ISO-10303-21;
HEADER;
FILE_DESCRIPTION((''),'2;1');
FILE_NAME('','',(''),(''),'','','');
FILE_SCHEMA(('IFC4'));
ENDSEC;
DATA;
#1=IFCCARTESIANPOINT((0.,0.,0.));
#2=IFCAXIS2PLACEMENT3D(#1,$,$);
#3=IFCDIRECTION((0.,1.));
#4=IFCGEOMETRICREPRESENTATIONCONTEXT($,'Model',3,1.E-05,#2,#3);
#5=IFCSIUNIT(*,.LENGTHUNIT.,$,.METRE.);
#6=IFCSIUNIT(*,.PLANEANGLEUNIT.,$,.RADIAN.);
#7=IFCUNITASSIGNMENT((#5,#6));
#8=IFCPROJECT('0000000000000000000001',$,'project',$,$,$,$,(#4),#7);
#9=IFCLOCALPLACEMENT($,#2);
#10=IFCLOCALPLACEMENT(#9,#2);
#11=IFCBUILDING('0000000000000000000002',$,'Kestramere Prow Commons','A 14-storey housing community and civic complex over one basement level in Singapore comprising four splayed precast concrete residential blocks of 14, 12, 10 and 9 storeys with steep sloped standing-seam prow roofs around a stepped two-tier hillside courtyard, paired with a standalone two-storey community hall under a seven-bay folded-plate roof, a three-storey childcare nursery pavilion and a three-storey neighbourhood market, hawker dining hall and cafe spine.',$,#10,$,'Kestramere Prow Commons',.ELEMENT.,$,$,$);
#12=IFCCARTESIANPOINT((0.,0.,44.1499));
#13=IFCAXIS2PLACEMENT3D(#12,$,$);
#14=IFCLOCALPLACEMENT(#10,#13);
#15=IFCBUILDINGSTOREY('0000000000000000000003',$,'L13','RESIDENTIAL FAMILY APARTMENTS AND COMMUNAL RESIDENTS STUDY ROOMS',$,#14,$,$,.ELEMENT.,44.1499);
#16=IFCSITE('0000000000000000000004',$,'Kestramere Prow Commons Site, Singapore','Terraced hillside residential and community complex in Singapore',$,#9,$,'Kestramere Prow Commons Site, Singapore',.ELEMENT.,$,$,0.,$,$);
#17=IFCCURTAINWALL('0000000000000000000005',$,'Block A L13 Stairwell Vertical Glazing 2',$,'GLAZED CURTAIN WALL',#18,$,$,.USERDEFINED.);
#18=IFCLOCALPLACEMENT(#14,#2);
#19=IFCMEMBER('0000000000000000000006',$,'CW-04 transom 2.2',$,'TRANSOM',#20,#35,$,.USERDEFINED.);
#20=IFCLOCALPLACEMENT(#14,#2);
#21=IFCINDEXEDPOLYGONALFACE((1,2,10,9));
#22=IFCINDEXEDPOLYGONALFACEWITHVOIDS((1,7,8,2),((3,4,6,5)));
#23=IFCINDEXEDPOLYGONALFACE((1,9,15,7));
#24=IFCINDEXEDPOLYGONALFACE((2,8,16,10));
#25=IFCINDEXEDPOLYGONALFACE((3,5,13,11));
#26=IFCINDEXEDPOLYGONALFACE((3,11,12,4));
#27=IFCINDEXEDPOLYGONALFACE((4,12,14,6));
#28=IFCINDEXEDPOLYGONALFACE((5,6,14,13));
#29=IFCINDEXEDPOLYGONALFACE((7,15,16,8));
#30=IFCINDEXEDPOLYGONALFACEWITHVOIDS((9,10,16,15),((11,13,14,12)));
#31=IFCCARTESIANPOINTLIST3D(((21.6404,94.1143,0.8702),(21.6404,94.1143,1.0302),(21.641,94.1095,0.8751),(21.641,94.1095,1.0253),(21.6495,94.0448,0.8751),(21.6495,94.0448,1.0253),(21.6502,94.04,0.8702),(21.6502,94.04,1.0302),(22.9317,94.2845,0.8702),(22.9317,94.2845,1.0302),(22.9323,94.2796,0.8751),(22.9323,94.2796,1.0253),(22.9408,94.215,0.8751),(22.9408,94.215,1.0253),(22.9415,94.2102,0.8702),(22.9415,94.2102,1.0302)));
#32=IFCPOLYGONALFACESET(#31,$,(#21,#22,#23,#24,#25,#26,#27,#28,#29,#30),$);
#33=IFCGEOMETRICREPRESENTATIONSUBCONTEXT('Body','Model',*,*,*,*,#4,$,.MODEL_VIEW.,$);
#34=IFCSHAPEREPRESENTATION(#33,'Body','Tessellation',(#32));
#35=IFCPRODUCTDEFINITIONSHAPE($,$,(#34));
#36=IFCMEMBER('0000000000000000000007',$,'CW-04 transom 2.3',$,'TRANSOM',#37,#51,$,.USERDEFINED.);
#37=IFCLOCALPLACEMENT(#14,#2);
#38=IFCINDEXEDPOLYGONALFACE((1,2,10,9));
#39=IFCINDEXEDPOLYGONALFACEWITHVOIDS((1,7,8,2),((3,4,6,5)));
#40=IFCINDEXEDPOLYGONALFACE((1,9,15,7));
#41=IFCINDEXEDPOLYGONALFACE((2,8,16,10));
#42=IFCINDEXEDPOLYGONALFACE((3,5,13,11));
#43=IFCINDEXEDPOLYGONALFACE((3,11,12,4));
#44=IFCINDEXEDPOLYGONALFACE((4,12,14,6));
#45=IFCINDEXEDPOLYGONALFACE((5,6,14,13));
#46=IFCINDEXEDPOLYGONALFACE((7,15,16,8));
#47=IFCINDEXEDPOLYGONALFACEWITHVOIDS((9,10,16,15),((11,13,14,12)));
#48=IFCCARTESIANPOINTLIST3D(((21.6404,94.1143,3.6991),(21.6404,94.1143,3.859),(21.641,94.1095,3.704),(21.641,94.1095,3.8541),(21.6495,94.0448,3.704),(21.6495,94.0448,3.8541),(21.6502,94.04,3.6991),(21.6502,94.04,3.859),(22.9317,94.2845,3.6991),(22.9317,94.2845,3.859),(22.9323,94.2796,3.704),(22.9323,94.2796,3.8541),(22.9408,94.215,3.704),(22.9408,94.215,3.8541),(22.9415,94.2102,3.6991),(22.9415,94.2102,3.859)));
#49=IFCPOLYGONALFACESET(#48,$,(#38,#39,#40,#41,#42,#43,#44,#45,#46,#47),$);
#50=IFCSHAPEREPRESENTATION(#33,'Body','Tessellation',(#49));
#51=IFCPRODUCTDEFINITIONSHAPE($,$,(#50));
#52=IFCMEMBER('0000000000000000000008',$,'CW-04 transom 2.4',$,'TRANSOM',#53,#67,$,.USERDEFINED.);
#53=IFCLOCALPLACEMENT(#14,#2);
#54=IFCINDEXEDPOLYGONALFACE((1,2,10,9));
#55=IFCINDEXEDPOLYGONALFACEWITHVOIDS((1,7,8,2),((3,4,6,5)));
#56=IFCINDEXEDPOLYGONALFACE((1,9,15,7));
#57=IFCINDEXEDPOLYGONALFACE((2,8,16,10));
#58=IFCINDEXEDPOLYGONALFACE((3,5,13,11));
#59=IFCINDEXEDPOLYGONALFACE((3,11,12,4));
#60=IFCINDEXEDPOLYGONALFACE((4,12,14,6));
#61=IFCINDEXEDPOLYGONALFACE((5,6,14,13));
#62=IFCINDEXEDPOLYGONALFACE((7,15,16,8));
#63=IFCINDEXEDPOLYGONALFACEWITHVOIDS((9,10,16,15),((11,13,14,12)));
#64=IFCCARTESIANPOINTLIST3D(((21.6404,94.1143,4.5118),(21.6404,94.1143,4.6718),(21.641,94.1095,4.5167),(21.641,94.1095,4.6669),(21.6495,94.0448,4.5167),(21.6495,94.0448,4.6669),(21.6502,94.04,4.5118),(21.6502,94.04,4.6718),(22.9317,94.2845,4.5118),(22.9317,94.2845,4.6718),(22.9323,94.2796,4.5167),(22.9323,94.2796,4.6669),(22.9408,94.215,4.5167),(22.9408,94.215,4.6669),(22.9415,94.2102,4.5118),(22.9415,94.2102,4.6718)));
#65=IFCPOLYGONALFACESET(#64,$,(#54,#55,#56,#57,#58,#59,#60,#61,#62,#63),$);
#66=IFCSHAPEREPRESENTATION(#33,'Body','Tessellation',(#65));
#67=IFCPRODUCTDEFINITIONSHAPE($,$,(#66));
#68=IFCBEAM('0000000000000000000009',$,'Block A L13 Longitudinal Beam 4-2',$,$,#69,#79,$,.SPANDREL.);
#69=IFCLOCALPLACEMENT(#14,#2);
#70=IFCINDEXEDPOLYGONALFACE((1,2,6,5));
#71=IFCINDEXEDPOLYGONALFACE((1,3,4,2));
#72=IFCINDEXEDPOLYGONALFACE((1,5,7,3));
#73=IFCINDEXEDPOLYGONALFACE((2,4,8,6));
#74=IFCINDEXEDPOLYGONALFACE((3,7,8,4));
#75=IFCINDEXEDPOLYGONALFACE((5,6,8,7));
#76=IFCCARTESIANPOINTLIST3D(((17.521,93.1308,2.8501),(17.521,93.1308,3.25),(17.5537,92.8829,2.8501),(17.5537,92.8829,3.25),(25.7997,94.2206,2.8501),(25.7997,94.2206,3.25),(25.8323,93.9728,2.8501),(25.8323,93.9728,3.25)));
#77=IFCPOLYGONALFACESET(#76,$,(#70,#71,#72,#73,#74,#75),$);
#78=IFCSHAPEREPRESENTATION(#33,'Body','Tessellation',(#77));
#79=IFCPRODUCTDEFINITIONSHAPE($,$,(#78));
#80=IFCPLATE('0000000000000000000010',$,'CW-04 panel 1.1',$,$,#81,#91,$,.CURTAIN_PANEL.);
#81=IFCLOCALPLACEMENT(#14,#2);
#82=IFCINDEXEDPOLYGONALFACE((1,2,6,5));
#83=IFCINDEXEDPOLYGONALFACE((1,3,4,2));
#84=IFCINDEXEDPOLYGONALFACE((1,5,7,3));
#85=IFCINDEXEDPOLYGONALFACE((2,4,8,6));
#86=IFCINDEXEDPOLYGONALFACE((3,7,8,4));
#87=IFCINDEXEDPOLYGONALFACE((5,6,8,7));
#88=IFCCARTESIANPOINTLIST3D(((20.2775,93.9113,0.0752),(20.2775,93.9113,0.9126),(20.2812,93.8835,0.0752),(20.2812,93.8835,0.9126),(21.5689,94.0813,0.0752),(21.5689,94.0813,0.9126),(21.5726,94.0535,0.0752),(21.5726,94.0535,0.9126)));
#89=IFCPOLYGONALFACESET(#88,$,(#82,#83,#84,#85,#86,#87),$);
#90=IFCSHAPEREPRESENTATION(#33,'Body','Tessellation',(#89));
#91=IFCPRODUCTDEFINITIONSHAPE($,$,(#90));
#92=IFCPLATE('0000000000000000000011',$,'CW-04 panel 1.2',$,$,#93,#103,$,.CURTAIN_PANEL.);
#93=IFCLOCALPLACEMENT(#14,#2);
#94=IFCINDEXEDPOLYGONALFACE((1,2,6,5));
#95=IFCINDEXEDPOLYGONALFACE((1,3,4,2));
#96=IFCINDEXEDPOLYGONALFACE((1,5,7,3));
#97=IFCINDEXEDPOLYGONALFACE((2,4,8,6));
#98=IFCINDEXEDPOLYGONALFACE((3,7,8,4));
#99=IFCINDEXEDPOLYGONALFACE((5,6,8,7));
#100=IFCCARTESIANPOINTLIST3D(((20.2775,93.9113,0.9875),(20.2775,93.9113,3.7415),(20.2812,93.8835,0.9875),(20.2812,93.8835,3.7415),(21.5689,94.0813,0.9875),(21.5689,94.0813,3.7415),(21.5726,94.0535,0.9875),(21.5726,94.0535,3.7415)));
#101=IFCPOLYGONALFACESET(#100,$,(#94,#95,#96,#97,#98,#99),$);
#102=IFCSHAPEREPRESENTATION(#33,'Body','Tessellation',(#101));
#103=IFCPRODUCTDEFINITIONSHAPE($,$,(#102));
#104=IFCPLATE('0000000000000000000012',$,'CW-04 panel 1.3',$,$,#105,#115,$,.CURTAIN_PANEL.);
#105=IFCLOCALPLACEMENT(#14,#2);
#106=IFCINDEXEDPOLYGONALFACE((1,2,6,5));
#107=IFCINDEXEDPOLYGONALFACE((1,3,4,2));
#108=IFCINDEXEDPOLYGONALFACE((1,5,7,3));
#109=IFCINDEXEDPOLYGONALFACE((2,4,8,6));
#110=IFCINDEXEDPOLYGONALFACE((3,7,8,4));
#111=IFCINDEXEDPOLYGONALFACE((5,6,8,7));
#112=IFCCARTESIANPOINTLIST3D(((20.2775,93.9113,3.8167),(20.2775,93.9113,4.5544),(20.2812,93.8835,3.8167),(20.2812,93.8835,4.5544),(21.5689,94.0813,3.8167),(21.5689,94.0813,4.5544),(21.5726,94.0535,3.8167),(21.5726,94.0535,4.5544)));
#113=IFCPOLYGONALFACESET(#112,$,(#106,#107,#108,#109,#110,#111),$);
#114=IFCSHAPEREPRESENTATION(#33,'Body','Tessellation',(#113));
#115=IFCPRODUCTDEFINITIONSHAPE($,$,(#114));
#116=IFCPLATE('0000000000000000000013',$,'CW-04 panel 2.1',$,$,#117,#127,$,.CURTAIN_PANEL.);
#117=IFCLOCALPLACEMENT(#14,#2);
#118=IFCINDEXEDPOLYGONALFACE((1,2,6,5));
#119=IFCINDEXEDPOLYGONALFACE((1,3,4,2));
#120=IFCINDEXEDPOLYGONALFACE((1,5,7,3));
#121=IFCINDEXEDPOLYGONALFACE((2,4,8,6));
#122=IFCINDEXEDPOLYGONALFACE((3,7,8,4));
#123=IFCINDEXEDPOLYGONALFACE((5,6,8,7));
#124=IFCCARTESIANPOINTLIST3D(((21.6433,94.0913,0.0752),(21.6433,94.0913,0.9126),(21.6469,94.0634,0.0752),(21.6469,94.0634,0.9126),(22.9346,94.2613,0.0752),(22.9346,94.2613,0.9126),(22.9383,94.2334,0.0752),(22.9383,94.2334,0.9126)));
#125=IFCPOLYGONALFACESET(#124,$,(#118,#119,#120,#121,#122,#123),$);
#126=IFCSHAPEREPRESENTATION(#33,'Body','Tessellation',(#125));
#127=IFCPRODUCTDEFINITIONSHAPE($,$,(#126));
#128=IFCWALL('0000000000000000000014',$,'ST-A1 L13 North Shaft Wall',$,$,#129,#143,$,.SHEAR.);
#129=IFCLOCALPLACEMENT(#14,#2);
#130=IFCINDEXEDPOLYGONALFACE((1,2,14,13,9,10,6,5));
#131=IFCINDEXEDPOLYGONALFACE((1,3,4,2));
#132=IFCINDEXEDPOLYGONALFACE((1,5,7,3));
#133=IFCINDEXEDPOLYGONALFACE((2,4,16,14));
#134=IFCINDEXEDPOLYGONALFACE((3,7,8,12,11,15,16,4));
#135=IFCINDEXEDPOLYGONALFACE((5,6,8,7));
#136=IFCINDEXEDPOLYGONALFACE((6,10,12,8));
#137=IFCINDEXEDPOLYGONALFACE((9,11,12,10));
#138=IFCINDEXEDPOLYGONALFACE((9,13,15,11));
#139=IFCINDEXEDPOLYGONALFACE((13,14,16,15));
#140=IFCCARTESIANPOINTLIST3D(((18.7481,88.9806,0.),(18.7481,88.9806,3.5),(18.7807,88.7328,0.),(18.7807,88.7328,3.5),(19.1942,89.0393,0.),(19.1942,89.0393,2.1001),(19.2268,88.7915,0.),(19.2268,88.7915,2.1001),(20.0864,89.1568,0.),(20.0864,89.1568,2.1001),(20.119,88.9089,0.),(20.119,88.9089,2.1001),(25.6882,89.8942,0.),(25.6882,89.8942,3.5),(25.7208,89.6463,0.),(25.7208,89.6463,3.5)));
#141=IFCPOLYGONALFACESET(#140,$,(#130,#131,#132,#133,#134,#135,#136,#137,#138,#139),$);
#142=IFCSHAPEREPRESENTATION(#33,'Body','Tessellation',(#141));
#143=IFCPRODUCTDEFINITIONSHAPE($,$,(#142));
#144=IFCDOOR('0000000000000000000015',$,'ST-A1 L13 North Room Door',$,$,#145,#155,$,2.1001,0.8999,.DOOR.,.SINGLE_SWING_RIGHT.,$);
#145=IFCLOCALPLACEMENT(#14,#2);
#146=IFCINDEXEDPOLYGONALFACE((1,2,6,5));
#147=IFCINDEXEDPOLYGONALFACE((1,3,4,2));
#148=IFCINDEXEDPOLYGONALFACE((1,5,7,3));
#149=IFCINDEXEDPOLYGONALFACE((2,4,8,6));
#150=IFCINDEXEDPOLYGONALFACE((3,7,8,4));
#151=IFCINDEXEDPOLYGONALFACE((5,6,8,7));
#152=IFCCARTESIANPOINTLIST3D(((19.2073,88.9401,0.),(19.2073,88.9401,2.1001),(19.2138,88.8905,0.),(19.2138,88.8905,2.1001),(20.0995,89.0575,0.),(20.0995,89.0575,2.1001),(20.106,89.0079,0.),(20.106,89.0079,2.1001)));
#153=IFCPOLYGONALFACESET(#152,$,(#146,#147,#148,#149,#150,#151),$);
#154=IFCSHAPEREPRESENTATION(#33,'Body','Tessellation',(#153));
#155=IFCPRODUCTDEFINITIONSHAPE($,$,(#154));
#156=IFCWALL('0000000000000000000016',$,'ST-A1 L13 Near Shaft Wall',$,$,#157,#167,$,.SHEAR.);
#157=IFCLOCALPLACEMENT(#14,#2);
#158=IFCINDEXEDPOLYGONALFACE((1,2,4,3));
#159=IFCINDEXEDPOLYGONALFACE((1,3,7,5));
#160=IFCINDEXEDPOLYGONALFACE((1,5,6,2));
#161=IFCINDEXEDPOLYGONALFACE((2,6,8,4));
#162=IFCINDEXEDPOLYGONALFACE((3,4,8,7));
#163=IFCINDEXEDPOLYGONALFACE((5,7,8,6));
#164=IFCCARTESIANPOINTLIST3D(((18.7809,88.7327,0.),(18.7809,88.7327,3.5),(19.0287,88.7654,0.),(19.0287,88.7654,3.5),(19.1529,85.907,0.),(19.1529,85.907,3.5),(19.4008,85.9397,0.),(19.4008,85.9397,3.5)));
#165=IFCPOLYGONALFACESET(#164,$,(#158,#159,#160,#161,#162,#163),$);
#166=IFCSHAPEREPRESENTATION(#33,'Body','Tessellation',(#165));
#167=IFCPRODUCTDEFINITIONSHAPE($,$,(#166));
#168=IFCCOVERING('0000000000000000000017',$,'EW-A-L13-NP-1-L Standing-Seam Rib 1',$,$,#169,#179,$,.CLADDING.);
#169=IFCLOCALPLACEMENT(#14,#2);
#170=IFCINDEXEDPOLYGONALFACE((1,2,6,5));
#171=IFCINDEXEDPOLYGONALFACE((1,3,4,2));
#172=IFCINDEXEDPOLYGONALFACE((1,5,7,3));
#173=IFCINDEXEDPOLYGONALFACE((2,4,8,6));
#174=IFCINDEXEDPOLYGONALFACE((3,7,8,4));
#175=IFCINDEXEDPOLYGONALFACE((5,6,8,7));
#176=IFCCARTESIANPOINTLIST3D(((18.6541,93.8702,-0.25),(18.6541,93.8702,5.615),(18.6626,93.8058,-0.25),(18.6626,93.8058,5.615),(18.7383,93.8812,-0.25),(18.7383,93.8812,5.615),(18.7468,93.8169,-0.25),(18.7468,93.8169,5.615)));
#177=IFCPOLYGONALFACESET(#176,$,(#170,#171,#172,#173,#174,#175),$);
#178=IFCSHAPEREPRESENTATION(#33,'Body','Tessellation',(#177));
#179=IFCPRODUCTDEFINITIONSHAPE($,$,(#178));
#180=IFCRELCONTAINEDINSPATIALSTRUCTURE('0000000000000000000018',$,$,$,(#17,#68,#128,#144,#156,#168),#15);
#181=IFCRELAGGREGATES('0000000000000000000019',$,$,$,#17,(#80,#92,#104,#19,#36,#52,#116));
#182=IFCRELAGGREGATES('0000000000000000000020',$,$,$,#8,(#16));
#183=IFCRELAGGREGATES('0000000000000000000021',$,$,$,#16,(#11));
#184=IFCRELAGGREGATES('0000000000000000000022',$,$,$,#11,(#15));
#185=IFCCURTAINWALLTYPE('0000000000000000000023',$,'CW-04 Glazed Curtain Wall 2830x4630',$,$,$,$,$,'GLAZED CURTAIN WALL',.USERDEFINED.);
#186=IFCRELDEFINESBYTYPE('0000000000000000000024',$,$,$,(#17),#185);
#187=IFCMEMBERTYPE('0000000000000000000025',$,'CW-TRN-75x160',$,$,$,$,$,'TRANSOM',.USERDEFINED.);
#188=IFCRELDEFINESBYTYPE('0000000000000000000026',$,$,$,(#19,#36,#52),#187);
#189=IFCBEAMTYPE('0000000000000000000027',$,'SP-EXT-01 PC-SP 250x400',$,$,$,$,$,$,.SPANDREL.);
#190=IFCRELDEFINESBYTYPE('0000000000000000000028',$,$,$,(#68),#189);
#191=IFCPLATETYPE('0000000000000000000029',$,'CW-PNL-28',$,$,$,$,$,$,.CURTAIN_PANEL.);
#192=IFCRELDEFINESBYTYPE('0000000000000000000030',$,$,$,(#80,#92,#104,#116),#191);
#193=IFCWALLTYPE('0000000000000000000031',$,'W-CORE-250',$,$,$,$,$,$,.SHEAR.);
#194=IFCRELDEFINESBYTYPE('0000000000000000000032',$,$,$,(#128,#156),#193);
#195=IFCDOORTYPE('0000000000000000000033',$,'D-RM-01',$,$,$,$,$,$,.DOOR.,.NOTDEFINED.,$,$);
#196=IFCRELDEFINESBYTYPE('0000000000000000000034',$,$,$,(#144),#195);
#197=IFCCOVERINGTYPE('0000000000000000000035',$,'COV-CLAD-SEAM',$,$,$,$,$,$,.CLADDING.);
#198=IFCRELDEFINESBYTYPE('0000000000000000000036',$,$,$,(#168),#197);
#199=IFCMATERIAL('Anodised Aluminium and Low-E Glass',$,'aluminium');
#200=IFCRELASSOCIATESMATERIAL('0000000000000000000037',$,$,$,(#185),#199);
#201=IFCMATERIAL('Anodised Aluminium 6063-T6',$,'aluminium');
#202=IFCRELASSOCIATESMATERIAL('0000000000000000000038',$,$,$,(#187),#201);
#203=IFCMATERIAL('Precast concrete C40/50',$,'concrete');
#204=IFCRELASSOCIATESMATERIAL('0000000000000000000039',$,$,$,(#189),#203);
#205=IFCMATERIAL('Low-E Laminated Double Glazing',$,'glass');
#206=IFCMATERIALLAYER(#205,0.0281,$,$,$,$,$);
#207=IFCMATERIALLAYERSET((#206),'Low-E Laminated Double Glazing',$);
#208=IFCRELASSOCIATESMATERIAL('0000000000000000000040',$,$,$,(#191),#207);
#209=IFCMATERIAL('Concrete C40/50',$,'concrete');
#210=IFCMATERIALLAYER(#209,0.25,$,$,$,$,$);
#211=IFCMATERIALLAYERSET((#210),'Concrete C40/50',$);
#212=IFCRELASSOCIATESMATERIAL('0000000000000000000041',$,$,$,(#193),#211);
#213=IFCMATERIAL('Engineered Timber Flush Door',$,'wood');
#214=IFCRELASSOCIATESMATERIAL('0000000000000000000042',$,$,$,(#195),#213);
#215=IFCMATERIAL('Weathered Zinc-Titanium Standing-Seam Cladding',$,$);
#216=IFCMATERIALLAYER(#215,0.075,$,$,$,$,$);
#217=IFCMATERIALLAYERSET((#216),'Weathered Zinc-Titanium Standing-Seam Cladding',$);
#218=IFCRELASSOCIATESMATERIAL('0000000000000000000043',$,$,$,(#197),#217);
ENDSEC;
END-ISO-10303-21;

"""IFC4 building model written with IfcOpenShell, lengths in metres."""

from ifc_helpers import new_model, si_unit, direction, frame, frame_2d, origin, origin_2d, place, context, subcontext, project, spatial, rectangle, hollow_rectangle, extrude, material, layer, layer_set, material_profile, profile_set, type_object, element, fill, aggregate, save


model = new_model("IFC4")

# Units and contexts
model_context = context("Model", 3, precision=1e-05, world=origin(), true_north=direction((0.0, 1.0)))
body_context = subcontext(model_context, "Body", "Model", "MODEL_VIEW")
ifc_project = project(units=[si_unit("LENGTHUNIT", "METRE"), si_unit("PLANEANGLEUNIT", "RADIAN")], contexts=[model_context])

# Site, building, storey
site_placement = place(None, origin())
site = spatial("IfcSite", under=ifc_project, at=site_placement, Name="Kestramere Prow Commons Site, Singapore", Description="Terraced hillside residential and community complex in Singapore", LongName="Kestramere Prow Commons Site, Singapore", CompositionType="ELEMENT", RefElevation=0.0)
building_placement = place(site_placement, origin())
building = spatial("IfcBuilding", under=site, at=building_placement, Name="Kestramere Prow Commons", Description="A 14-storey housing community and civic complex over one basement level in Singapore comprising four splayed precast concrete residential blocks of 14, 12, 10 and 9 storeys with steep sloped standing-seam prow roofs around a stepped two-tier hillside courtyard, paired with a standalone two-storey community hall under a seven-bay folded-plate roof, a three-storey childcare nursery pavilion and a three-storey neighbourhood market, hawker dining hall and cafe spine.", LongName="Kestramere Prow Commons", CompositionType="ELEMENT")
storey_placement = place(building_placement, frame((0.0, 0.0, 44.1499)))
storey = spatial("IfcBuildingStorey", under=building, at=storey_placement, Name="L13", Description="RESIDENTIAL FAMILY APARTMENTS AND COMMUNAL RESIDENTS STUDY ROOMS", CompositionType="ELEMENT", Elevation=44.1499)

# Shared definitions
ifc_material_1 = material(Name="Precast concrete C40/50", Category="concrete")

# Curtain wall, members
ifc_material_2 = material(Name="Anodised Aluminium and Low-E Glass", Category="aluminium")
curtain_wall_type = type_object("IfcCurtainWallType", Name="CW-04 Glazed Curtain Wall 2830x4630", ElementType="GLAZED CURTAIN WALL", PredefinedType="USERDEFINED", material=ifc_material_2)
curtain_wall_placement = place(storey_placement, origin())
curtain_wall = element("IfcCurtainWall", 1, at=curtain_wall_placement, inside=storey, type_object=curtain_wall_type, Name="Block A L13 Stairwell Vertical Glazing 2", ObjectType="GLAZED CURTAIN WALL", PredefinedType="USERDEFINED")
ifc_material_3 = material(Name="Anodised Aluminium 6063-T6", Category="aluminium")
ifc_material_profile_1 = material_profile(ifc_material_3, hollow_rectangle(XDim=0.075, YDim=0.1599, WallThickness=0.0049, at=origin_2d()), Name="ALU-TRN 75x160")
ifc_profile_set_1 = profile_set([ifc_material_profile_1], Name="Anodised Aluminium 6063-T6")
member_type_1 = type_object("IfcMemberType", Name="CW-TRN-75x160", ElementType="TRANSOM", PredefinedType="USERDEFINED", material=ifc_profile_set_1)
member_1_placement = place(storey_placement, frame((21.6453, 94.0771, 0.9502), z_axis=(0.991428, 0.130653, 0.0), x_axis=(-0.130653, 0.991428, 0.0)))
member_1 = element("IfcMember", 2, at=member_1_placement, type_object=member_type_1, Name="CW-04 transom 2.2", ObjectType="TRANSOM", PredefinedType="USERDEFINED", context=body_context, shape_type="SweptSolid", body=[
    extrude(hollow_rectangle(XDim=0.075, YDim=0.1599, WallThickness=0.0049, at=origin_2d()), origin(), (0.0, 0.0, 1.0), 1.3025),
])
member_2_placement = place(storey_placement, frame((21.6453, 94.0771, 3.7791), z_axis=(0.991428, 0.130653, 0.0), x_axis=(-0.130653, 0.991428, 0.0)))
member_2 = element("IfcMember", 3, at=member_2_placement, type_object=member_type_1, Name="CW-04 transom 2.3", ObjectType="TRANSOM", PredefinedType="USERDEFINED", context=body_context, shape_type="SweptSolid", body=[
    extrude(hollow_rectangle(XDim=0.075, YDim=0.1599, WallThickness=0.0049, at=origin_2d()), origin(), (0.0, 0.0, 1.0), 1.3025),
])
member_3_placement = place(storey_placement, frame((21.6453, 94.0771, 4.5918), z_axis=(0.991428, 0.130653, 0.0), x_axis=(-0.130653, 0.991428, 0.0)))
member_3 = element("IfcMember", 4, at=member_3_placement, type_object=member_type_1, Name="CW-04 transom 2.4", ObjectType="TRANSOM", PredefinedType="USERDEFINED", context=body_context, shape_type="SweptSolid", body=[
    extrude(hollow_rectangle(XDim=0.075, YDim=0.1599, WallThickness=0.0049, at=origin_2d()), origin(), (0.0, 0.0, 1.0), 1.3025),
])

# Beam
ifc_material_profile_2 = material_profile(ifc_material_1, rectangle(XDim=0.25, YDim=0.3999, at=origin_2d()), Name="PC-SP 250x400")
ifc_profile_set_2 = profile_set([ifc_material_profile_2], Name="Precast concrete C40/50")
beam_type_1 = type_object("IfcBeamType", Name="SP-EXT-01 PC-SP 250x400", PredefinedType="SPANDREL", material=ifc_profile_set_2)
beam_1_placement = place(storey_placement, frame((17.5374, 93.0068, 3.05), z_axis=(0.991446, 0.13052, 0.0), x_axis=(-0.13052, 0.991446, 0.0)))
element("IfcBeam", 5, at=beam_1_placement, inside=storey, type_object=beam_type_1, Name="Block A L13 Longitudinal Beam 4-2", PredefinedType="SPANDREL", context=body_context, shape_type="SweptSolid", body=[
    extrude(rectangle(XDim=0.25, YDim=0.3999, at=origin_2d()), origin(), (0.0, 0.0, 1.0), 8.3501),
])

# Plates
ifc_material_4 = material(Name="Low-E Laminated Double Glazing", Category="glass")
ifc_layer_1 = layer(ifc_material_4, 0.0281)
ifc_layer_set_1 = layer_set([ifc_layer_1], Name="Low-E Laminated Double Glazing")
plate_type = type_object("IfcPlateType", Name="CW-PNL-28", PredefinedType="CURTAIN_PANEL", material=ifc_layer_set_1)
plate_1_placement = place(storey_placement, frame((20.925, 93.9824, 0.0752), z_axis=(0.0, 0.0, 1.0), x_axis=(0.991445, 0.130526, 0.0)))
plate_1 = element("IfcPlate", 6, at=plate_1_placement, type_object=plate_type, Name="CW-04 panel 1.1", PredefinedType="CURTAIN_PANEL", context=body_context, shape_type="SweptSolid", body=[
    extrude(rectangle(XDim=1.3025, YDim=0.0281, at=origin_2d()), origin(), (0.0, 0.0, 1.0), 0.8374),
])
plate_2_placement = place(storey_placement, frame((20.925, 93.9824, 0.9875), z_axis=(0.0, 0.0, 1.0), x_axis=(0.991445, 0.130526, 0.0)))
plate_2 = element("IfcPlate", 7, at=plate_2_placement, type_object=plate_type, Name="CW-04 panel 1.2", PredefinedType="CURTAIN_PANEL", context=body_context, shape_type="SweptSolid", body=[
    extrude(rectangle(XDim=1.3025, YDim=0.0281, at=origin_2d()), origin(), (0.0, 0.0, 1.0), 2.7539),
])
plate_3_placement = place(storey_placement, frame((20.925, 93.9824, 3.8167), z_axis=(0.0, 0.0, 1.0), x_axis=(0.991445, 0.130526, 0.0)))
plate_3 = element("IfcPlate", 8, at=plate_3_placement, type_object=plate_type, Name="CW-04 panel 1.3", PredefinedType="CURTAIN_PANEL", context=body_context, shape_type="SweptSolid", body=[
    extrude(rectangle(XDim=1.3025, YDim=0.0281, at=origin_2d()), origin(), (0.0, 0.0, 1.0), 0.7378),
])
plate_4_placement = place(storey_placement, frame((22.2908, 94.1624, 0.0752), z_axis=(0.0, 0.0, 1.0), x_axis=(0.991445, 0.130526, 0.0)))
plate_4 = element("IfcPlate", 9, at=plate_4_placement, type_object=plate_type, Name="CW-04 panel 2.1", PredefinedType="CURTAIN_PANEL", context=body_context, shape_type="SweptSolid", body=[
    extrude(rectangle(XDim=1.3025, YDim=0.0281, at=origin_2d()), origin(), (0.0, 0.0, 1.0), 0.8374),
])
aggregate(curtain_wall, [plate_1, plate_2, plate_3, member_1, member_2, member_3, plate_4])

# Wall, opening, door
ifc_material_5 = material(Name="Concrete C40/50", Category="concrete")
ifc_layer_2 = layer(ifc_material_5, 0.25)
ifc_layer_set_2 = layer_set([ifc_layer_2], Name="Concrete C40/50")
wall_type = type_object("IfcWallType", Name="W-CORE-250", PredefinedType="SHEAR", material=ifc_layer_set_2)
wall_1_placement = place(storey_placement, frame((18.7644, 88.8567, 0.0), z_axis=(0.0, 0.0, 1.0), x_axis=(0.991447, 0.13051, 0.0)))
wall_1 = element("IfcWall", 10, at=wall_1_placement, inside=storey, type_object=wall_type, Name="ST-A1 L13 North Shaft Wall", PredefinedType="SHEAR", context=body_context, shape_type="SweptSolid", body=[
    extrude(rectangle(XDim=7.0, YDim=0.25, at=frame_2d((3.5, 0.0))), origin(), (0.0, 0.0, 1.0), 3.5),
])
opening_1_placement = place(wall_1_placement, frame((0.45, 0.0, 0.0)))
opening_1 = element("IfcOpeningElement", 11, at=opening_1_placement, cuts=wall_1, PredefinedType="OPENING", context=body_context, shape_type="SweptSolid", body=[
    extrude(rectangle(XDim=0.8999, YDim=2.1001, at=frame_2d((0.45, 1.05))), frame((0.0, 0.1399, 0.0), z_axis=(0.0, -1.0, 0.0), x_axis=(1.0, 0.0, 0.0)), (0.0, 0.0, 1.0), 0.28),
])
ifc_material_6 = material(Name="Engineered Timber Flush Door", Category="wood")
door_type_1 = type_object("IfcDoorType", Name="D-RM-01", OperationType="NOTDEFINED", PredefinedType="DOOR", material=ifc_material_6)
door_1_placement = place(opening_1_placement, origin())
door_1 = element("IfcDoor", 12, at=door_1_placement, inside=storey, type_object=door_type_1, Name="ST-A1 L13 North Room Door", OperationType="SINGLE_SWING_RIGHT", OverallHeight=2.1001, OverallWidth=0.8999, PredefinedType="DOOR", context=body_context, shape_type="SweptSolid", body=[
    extrude(rectangle(XDim=0.8999, YDim=2.1001, at=frame_2d((0.45, 1.05))), frame((0.0, 0.0249, 0.0), z_axis=(0.0, -1.0, 0.0), x_axis=(1.0, 0.0, 0.0)), (0.0, 0.0, 1.0), 0.05),
])
fill(opening_1, door_1)

# Wall
wall_2_placement = place(storey_placement, frame((19.2769, 85.9233, 0.0), z_axis=(0.0, 0.0, 1.0), x_axis=(-0.130548, 0.991442, 0.0)))
element("IfcWall", 13, at=wall_2_placement, inside=storey, type_object=wall_type, Name="ST-A1 L13 Near Shaft Wall", PredefinedType="SHEAR", context=body_context, shape_type="SweptSolid", body=[
    extrude(rectangle(XDim=2.8501, YDim=0.25, at=frame_2d((1.425, 0.0))), origin(), (0.0, 0.0, 1.0), 3.5),
])

# Covering
ifc_material_7 = material(Name="Weathered Zinc-Titanium Standing-Seam Cladding")
ifc_layer_3 = layer(ifc_material_7, 0.075)
ifc_layer_set_3 = layer_set([ifc_layer_3], Name="Weathered Zinc-Titanium Standing-Seam Cladding")
covering_type = type_object("IfcCoveringType", Name="COV-CLAD-SEAM", PredefinedType="CLADDING", material=ifc_layer_set_3)
covering_placement = place(storey_placement, frame((18.7004, 93.8435, -0.25), z_axis=(0.0, 0.0, 1.0), x_axis=(0.991445, 0.130526, 0.0)))
element("IfcCovering", 14, at=covering_placement, inside=storey, type_object=covering_type, Name="EW-A-L13-NP-1-L Standing-Seam Rib 1", PredefinedType="CLADDING", context=body_context, shape_type="SweptSolid", body=[
    extrude(rectangle(XDim=0.085, YDim=0.0649, at=origin_2d()), origin(), (0.0, 0.0, 1.0), 5.865),
])

save(model, "model.ifc")
